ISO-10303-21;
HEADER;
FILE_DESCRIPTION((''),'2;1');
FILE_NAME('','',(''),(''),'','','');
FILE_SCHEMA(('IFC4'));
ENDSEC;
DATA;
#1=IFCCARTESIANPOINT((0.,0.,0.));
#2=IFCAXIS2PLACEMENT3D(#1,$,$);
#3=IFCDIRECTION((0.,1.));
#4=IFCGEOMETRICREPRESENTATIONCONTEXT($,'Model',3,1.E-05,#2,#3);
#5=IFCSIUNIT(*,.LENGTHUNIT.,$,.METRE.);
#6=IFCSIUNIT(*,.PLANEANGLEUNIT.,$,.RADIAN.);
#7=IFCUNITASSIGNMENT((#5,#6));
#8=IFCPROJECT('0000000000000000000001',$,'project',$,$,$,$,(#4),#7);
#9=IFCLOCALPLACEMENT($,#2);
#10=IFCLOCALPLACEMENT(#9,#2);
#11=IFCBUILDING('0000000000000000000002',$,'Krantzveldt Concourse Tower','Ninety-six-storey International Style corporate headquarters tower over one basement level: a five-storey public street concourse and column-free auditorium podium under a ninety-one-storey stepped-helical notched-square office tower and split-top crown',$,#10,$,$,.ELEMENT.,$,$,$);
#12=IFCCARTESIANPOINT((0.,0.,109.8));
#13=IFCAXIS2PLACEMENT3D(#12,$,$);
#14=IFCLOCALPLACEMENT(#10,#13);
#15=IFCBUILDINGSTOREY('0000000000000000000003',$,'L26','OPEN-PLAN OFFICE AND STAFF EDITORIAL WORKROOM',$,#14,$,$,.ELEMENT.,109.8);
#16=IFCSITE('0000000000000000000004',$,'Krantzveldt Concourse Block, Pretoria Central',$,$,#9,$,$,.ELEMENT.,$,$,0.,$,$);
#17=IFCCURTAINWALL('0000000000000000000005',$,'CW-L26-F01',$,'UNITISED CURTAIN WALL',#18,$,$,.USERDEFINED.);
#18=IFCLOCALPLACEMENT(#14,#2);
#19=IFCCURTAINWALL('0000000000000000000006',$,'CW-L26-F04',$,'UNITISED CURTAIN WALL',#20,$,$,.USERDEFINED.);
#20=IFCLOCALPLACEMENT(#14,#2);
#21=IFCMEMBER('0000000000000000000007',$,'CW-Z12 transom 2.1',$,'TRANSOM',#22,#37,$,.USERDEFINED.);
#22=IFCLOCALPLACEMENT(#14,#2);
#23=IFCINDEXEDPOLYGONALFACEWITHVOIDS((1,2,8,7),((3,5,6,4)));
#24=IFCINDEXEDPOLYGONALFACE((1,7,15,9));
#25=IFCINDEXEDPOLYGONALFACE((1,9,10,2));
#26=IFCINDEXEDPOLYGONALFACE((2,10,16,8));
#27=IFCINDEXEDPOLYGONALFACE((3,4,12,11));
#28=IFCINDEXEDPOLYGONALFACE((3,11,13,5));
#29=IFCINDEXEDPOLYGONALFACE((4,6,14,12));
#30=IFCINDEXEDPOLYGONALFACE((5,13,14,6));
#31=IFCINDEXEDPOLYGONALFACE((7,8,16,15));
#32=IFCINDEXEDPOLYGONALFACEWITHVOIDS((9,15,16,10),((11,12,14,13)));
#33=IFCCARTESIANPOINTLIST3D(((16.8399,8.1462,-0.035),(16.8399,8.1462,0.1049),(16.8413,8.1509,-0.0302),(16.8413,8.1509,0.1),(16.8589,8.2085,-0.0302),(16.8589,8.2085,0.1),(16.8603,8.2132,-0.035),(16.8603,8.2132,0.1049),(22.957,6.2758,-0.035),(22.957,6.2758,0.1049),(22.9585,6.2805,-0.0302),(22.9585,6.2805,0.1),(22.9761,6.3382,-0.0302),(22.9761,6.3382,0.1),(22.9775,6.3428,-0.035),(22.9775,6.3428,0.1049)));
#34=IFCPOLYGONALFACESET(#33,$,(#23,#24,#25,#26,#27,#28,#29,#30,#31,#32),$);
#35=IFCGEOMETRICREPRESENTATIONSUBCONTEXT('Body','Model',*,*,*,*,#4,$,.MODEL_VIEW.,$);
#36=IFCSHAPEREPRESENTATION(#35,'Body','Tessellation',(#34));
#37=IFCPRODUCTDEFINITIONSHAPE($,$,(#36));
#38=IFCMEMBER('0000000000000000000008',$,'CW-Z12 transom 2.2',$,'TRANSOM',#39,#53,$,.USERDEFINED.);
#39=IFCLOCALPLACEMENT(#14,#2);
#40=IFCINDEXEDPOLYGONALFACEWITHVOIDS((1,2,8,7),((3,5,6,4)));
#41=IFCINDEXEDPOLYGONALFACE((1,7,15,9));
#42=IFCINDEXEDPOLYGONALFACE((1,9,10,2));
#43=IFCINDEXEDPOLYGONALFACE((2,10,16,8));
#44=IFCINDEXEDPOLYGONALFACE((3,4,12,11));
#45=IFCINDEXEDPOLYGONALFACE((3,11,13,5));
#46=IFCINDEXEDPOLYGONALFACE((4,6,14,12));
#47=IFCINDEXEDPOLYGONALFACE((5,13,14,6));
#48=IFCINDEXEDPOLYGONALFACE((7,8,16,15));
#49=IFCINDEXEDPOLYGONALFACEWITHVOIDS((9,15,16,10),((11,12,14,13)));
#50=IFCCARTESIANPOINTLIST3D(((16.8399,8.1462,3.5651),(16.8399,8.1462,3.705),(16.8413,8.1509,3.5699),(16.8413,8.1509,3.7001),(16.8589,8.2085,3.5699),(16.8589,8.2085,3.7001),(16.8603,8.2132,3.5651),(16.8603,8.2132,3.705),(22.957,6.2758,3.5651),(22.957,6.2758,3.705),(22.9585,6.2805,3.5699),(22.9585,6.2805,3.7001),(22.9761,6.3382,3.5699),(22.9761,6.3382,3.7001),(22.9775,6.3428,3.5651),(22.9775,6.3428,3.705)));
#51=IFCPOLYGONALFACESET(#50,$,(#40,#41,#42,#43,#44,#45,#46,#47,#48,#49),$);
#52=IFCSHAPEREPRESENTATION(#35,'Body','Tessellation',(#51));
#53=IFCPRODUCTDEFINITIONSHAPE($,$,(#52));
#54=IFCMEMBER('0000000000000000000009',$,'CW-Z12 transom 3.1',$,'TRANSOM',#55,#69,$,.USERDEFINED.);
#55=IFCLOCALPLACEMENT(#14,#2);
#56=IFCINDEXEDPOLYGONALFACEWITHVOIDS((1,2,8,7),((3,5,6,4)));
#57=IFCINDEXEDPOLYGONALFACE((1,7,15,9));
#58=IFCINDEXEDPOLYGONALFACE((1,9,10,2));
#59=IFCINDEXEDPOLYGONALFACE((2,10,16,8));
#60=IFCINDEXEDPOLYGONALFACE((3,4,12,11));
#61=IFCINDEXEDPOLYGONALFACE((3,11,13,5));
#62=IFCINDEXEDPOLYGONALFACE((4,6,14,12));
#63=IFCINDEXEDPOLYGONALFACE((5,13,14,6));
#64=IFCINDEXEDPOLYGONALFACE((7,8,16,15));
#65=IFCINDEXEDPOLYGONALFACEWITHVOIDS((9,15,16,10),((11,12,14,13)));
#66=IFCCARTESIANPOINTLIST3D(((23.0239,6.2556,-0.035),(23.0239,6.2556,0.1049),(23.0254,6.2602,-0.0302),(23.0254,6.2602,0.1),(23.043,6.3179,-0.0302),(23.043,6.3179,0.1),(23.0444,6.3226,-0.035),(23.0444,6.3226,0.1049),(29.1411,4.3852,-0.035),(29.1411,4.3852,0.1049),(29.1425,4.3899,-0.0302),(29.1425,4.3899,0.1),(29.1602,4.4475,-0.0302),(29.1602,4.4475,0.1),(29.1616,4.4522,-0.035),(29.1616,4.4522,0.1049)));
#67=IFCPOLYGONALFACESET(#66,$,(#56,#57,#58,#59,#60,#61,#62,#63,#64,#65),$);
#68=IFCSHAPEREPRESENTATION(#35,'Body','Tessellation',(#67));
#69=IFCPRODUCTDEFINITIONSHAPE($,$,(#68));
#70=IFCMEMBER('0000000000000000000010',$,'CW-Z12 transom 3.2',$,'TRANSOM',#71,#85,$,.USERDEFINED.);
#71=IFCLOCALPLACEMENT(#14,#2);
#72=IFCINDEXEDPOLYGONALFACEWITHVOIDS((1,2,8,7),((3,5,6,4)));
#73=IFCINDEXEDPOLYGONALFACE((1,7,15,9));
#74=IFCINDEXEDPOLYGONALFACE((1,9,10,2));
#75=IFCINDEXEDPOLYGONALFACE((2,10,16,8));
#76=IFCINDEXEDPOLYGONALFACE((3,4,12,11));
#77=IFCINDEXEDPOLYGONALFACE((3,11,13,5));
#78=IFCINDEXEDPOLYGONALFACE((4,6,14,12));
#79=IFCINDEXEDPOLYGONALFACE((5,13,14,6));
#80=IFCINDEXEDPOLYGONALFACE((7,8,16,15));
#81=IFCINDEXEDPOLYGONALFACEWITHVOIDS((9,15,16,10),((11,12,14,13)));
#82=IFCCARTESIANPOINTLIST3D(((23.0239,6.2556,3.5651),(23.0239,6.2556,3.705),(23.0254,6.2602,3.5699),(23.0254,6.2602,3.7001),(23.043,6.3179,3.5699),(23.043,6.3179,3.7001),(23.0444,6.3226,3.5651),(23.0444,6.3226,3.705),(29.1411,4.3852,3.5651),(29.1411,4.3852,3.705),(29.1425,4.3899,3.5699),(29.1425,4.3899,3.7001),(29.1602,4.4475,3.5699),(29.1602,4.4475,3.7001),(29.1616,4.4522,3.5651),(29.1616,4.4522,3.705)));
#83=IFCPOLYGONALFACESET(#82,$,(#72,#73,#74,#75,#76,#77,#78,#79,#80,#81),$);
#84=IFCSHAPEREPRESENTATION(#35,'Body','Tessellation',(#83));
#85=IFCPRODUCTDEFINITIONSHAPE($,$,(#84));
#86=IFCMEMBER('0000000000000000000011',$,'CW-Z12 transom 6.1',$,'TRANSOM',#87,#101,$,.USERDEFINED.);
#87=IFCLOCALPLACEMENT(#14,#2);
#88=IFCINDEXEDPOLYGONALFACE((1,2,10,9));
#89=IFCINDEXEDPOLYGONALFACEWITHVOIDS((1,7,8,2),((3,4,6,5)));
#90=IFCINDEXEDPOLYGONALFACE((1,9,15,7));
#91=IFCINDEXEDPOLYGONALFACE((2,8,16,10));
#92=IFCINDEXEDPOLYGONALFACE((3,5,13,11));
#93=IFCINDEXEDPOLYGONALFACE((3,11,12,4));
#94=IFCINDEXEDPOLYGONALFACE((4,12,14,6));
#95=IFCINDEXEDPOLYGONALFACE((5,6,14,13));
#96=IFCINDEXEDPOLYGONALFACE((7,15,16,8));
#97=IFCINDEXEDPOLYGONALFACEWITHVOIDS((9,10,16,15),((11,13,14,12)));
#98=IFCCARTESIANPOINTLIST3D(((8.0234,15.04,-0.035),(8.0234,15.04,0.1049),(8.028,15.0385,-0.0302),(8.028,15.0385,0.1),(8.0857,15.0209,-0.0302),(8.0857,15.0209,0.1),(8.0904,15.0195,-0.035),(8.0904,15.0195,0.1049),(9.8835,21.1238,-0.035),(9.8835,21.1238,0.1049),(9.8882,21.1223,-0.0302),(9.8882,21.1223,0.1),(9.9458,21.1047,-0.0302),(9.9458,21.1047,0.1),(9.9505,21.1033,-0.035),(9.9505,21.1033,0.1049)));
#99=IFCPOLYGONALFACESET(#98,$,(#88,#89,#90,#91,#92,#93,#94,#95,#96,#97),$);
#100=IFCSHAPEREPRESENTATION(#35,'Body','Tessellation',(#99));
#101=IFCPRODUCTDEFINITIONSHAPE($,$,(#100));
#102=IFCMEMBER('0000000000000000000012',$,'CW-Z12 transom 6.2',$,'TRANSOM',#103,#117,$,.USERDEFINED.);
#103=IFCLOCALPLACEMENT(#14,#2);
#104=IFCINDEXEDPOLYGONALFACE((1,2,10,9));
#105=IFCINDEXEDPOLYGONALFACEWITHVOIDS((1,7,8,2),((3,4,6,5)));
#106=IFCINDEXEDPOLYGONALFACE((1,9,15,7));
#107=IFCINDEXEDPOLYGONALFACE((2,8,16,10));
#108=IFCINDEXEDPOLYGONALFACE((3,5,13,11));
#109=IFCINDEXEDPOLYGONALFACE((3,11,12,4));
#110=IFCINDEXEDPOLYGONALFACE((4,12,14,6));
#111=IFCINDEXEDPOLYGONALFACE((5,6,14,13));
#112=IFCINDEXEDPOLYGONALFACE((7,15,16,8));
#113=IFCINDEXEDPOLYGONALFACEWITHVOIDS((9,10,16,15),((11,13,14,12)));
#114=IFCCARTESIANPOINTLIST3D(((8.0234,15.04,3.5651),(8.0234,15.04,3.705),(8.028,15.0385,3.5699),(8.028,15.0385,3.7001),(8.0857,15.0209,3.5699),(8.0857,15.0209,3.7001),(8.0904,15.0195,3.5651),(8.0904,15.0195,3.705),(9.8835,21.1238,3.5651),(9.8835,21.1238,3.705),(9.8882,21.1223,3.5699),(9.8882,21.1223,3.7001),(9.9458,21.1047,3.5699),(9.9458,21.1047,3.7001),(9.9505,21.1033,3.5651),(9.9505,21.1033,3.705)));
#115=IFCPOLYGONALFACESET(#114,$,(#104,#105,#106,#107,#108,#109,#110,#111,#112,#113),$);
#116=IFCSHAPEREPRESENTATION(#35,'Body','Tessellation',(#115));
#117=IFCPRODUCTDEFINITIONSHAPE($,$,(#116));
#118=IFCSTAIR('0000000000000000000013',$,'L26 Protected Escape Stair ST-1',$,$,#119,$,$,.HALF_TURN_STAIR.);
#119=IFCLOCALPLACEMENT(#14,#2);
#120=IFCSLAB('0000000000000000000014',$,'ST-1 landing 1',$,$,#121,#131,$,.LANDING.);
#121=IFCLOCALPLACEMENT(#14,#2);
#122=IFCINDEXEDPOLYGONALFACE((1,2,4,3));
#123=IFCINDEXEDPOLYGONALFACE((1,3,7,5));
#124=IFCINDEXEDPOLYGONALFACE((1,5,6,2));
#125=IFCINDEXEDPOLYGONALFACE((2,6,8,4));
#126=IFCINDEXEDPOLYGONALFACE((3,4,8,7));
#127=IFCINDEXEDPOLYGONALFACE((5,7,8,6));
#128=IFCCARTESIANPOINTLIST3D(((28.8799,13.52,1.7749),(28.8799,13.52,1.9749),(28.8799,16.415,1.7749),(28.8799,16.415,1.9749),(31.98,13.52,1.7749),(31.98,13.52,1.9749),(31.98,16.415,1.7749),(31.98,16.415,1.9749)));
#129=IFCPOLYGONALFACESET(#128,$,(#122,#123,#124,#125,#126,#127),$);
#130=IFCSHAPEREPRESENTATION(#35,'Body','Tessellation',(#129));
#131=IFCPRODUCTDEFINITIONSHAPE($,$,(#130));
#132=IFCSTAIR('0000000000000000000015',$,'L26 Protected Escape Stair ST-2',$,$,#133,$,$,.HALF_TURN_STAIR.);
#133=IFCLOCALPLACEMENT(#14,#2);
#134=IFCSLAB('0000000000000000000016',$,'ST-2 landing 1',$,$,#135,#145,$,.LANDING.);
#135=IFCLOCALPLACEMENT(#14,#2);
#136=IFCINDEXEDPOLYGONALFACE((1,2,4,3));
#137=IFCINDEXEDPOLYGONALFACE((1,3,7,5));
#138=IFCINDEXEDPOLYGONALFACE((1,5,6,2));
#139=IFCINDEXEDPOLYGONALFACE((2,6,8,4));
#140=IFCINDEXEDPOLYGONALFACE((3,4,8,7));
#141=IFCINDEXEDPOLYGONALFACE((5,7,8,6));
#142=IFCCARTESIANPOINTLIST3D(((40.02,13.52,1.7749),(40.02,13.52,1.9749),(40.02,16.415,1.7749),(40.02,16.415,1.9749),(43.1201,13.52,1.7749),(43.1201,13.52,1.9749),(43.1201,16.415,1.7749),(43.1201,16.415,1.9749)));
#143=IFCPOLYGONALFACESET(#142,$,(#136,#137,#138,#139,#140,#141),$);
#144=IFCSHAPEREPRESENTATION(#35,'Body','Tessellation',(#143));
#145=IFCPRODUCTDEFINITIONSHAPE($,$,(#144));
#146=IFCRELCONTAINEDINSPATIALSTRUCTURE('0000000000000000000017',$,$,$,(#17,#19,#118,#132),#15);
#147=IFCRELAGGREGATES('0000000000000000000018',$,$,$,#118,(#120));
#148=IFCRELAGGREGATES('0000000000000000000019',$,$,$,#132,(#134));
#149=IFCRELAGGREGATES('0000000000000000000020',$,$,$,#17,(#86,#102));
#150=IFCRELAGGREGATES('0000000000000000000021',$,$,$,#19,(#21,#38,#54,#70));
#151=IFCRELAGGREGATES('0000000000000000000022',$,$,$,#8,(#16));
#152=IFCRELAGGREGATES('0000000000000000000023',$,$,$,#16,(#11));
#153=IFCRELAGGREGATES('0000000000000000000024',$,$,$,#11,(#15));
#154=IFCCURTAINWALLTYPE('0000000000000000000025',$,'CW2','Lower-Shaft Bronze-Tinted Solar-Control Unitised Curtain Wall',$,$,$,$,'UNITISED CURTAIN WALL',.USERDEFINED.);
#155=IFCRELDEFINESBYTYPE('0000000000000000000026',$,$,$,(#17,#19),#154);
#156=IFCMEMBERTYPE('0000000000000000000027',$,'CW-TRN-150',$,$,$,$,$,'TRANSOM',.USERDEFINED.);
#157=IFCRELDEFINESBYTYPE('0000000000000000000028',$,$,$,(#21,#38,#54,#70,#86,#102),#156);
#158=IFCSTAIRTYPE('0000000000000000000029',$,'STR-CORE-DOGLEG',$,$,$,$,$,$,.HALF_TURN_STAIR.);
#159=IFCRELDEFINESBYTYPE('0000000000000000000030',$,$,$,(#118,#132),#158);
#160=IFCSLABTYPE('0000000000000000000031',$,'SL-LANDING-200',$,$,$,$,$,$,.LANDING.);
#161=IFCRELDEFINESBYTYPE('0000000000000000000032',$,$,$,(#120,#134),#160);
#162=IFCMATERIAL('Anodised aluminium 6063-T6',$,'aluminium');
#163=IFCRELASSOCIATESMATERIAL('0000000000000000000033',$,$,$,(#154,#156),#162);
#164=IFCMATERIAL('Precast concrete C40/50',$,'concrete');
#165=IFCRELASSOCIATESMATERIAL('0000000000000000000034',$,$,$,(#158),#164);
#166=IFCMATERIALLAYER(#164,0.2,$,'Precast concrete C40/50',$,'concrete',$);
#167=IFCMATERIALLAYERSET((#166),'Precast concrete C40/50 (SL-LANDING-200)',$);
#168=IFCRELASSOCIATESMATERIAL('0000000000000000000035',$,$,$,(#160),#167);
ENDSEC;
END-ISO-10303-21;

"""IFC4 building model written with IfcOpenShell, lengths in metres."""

from ifc_helpers import new_model, si_unit, direction, frame, origin, origin_2d, place, context, subcontext, project, spatial, polyline, hollow_rectangle, outline, extrude, source, transform, mapped, material, layer, layer_set, material_profile, profile_set, type_object, element, aggregate, save


model = new_model("IFC4")

# Units and contexts
model_context = context("Model", 3, precision=1e-05, world=origin(), true_north=direction((0.0, 1.0)))
body_context = subcontext(model_context, "Body", "Model", "MODEL_VIEW")
ifc_project = project(units=[si_unit("LENGTHUNIT", "METRE"), si_unit("PLANEANGLEUNIT", "RADIAN")], contexts=[model_context])

# Site, building, storey
site_placement = place(None, origin())
site = spatial("IfcSite", under=ifc_project, at=site_placement, Name="Krantzveldt Concourse Block, Pretoria Central", CompositionType="ELEMENT", RefElevation=0.0)
building_placement = place(site_placement, origin())
building = spatial("IfcBuilding", under=site, at=building_placement, Name="Krantzveldt Concourse Tower", Description="Ninety-six-storey International Style corporate headquarters tower over one basement level: a five-storey public street concourse and column-free auditorium podium under a ninety-one-storey stepped-helical notched-square office tower and split-top crown", CompositionType="ELEMENT")
storey_placement = place(building_placement, frame((0.0, 0.0, 109.8)))
storey = spatial("IfcBuildingStorey", under=building, at=storey_placement, Name="L26", Description="OPEN-PLAN OFFICE AND STAFF EDITORIAL WORKROOM", CompositionType="ELEMENT", Elevation=109.8)

# Curtain walls, members
ifc_material_1 = material(Name="Anodised aluminium 6063-T6", Category="aluminium")
curtain_wall_type = type_object("IfcCurtainWallType", Name="CW2", Description="Lower-Shaft Bronze-Tinted Solar-Control Unitised Curtain Wall", ElementType="UNITISED CURTAIN WALL", PredefinedType="USERDEFINED", material=ifc_material_1)
curtain_wall_1_placement = place(storey_placement, origin())
curtain_wall_1 = element("IfcCurtainWall", 1, at=curtain_wall_1_placement, inside=storey, type_object=curtain_wall_type, Name="CW-L26-F01", ObjectType="UNITISED CURTAIN WALL", PredefinedType="USERDEFINED")
curtain_wall_2_placement = place(storey_placement, origin())
curtain_wall_2 = element("IfcCurtainWall", 2, at=curtain_wall_2_placement, inside=storey, type_object=curtain_wall_type, Name="CW-L26-F04", ObjectType="UNITISED CURTAIN WALL", PredefinedType="USERDEFINED")
ifc_material_profile_1 = material_profile(ifc_material_1, hollow_rectangle(XDim=0.0701, YDim=0.1399, WallThickness=0.0049, at=origin_2d()), Name="Anodised aluminium 6063-T6", Category="aluminium")
ifc_profile_set_1 = profile_set([ifc_material_profile_1], Name="Anodised aluminium 6063-T6 - ALU-TRAN 140x70x5")
member_type_1 = type_object("IfcMemberType", Name="CW-TRN-150", ElementType="TRANSOM", PredefinedType="USERDEFINED", material=ifc_profile_set_1)
shared_shape_1 = source(origin(), body_context, "Body", "SweptSolid", [
    extrude(hollow_rectangle(XDim=0.0701, YDim=0.1399, WallThickness=0.0049, at=origin_2d()), origin(), (0.0, 0.0, 1.0), 6.3967),
])
member_1_placement = place(storey_placement, frame((16.8501, 8.1797, 0.0349), z_axis=(0.956298, -0.292393, 0.0), x_axis=(0.292393, 0.956298, 0.0)))
member_1 = element("IfcMember", 3, at=member_1_placement, type_object=member_type_1, Name="CW-Z12 transom 2.1", ObjectType="TRANSOM", PredefinedType="USERDEFINED", context=body_context, shape_type="MappedRepresentation", body=[
    mapped(shared_shape_1, transform((0.0, 0.0, 0.0), x_axis=(1.0, 0.0, 0.0), y_axis=(0.0, 1.0, 0.0), z_axis=(0.0, 0.0, 1.0), scale=1.0)),
])
member_2_placement = place(storey_placement, frame((16.8501, 8.1797, 3.635), z_axis=(0.956298, -0.292393, 0.0), x_axis=(0.292393, 0.956298, 0.0)))
member_2 = element("IfcMember", 4, at=member_2_placement, type_object=member_type_1, Name="CW-Z12 transom 2.2", ObjectType="TRANSOM", PredefinedType="USERDEFINED", context=body_context, shape_type="MappedRepresentation", body=[
    mapped(shared_shape_1, transform((0.0, 0.0, 0.0), x_axis=(1.0, 0.0, 0.0), y_axis=(0.0, 1.0, 0.0), z_axis=(0.0, 0.0, 1.0), scale=1.0)),
])
member_3_placement = place(storey_placement, frame((23.0342, 6.2891, 0.0349), z_axis=(0.956298, -0.292393, 0.0), x_axis=(0.292393, 0.956298, 0.0)))
member_3 = element("IfcMember", 5, at=member_3_placement, type_object=member_type_1, Name="CW-Z12 transom 3.1", ObjectType="TRANSOM", PredefinedType="USERDEFINED", context=body_context, shape_type="MappedRepresentation", body=[
    mapped(shared_shape_1, transform((0.0, 0.0, 0.0), x_axis=(1.0, 0.0, 0.0), y_axis=(0.0, 1.0, 0.0), z_axis=(0.0, 0.0, 1.0), scale=1.0)),
])
member_4_placement = place(storey_placement, frame((23.0342, 6.2891, 3.635), z_axis=(0.956298, -0.292393, 0.0), x_axis=(0.292393, 0.956298, 0.0)))
member_4 = element("IfcMember", 6, at=member_4_placement, type_object=member_type_1, Name="CW-Z12 transom 3.2", ObjectType="TRANSOM", PredefinedType="USERDEFINED", context=body_context, shape_type="MappedRepresentation", body=[
    mapped(shared_shape_1, transform((0.0, 0.0, 0.0), x_axis=(1.0, 0.0, 0.0), y_axis=(0.0, 1.0, 0.0), z_axis=(0.0, 0.0, 1.0), scale=1.0)),
])

# Members
shared_shape_2 = source(origin(), body_context, "Body", "SweptSolid", [
    extrude(hollow_rectangle(XDim=0.0701, YDim=0.1399, WallThickness=0.0049, at=origin_2d()), origin(), (0.0, 0.0, 1.0), 6.3618),
])
member_5_placement = place(storey_placement, frame((9.917, 21.1135, 0.0349), z_axis=(-0.292389, -0.956299, 0.0), x_axis=(0.956299, -0.292389, 0.0)))
member_5 = element("IfcMember", 7, at=member_5_placement, type_object=member_type_1, Name="CW-Z12 transom 6.1", ObjectType="TRANSOM", PredefinedType="USERDEFINED", context=body_context, shape_type="MappedRepresentation", body=[
    mapped(shared_shape_2, transform((0.0, 0.0, 0.0), x_axis=(1.0, 0.0, 0.0), y_axis=(0.0, 1.0, 0.0), z_axis=(0.0, 0.0, 1.0), scale=1.0)),
])
member_6_placement = place(storey_placement, frame((9.917, 21.1135, 3.635), z_axis=(-0.292389, -0.956299, 0.0), x_axis=(0.956299, -0.292389, 0.0)))
member_6 = element("IfcMember", 8, at=member_6_placement, type_object=member_type_1, Name="CW-Z12 transom 6.2", ObjectType="TRANSOM", PredefinedType="USERDEFINED", context=body_context, shape_type="MappedRepresentation", body=[
    mapped(shared_shape_2, transform((0.0, 0.0, 0.0), x_axis=(1.0, 0.0, 0.0), y_axis=(0.0, 1.0, 0.0), z_axis=(0.0, 0.0, 1.0), scale=1.0)),
])

# Stairs, slabs
ifc_material_2 = material(Name="Precast concrete C40/50", Category="concrete")
stair_type = type_object("IfcStairType", Name="STR-CORE-DOGLEG", PredefinedType="HALF_TURN_STAIR", material=ifc_material_2)
stair_1_placement = place(storey_placement, origin())
stair_1 = element("IfcStair", 9, at=stair_1_placement, inside=storey, type_object=stair_type, Name="L26 Protected Escape Stair ST-1", PredefinedType="HALF_TURN_STAIR")
ifc_layer_1 = layer(ifc_material_2, 0.2, Name="Precast concrete C40/50", Category="concrete")
ifc_layer_set_1 = layer_set([ifc_layer_1], Name="Precast concrete C40/50 (SL-LANDING-200)")
slab_type_1 = type_object("IfcSlabType", Name="SL-LANDING-200", PredefinedType="LANDING", material=ifc_layer_set_1)
slab_1_placement = place(storey_placement, frame((0.0, 0.0, 1.7749)))
slab_1 = element("IfcSlab", 10, at=slab_1_placement, type_object=slab_type_1, Name="ST-1 landing 1", PredefinedType="LANDING", context=body_context, shape_type="SweptSolid", body=[
    extrude(outline(polyline([(28.8799, 16.415), (28.8799, 13.52), (31.98, 13.52), (31.98, 16.415), (28.8799, 16.415)])), origin(), (0.0, 0.0, 1.0), 0.2),
])
aggregate(stair_1, [slab_1])
stair_2_placement = place(storey_placement, origin())
stair_2 = element("IfcStair", 11, at=stair_2_placement, inside=storey, type_object=stair_type, Name="L26 Protected Escape Stair ST-2", PredefinedType="HALF_TURN_STAIR")
slab_2_placement = place(storey_placement, frame((0.0, 0.0, 1.7749)))
slab_2 = element("IfcSlab", 12, at=slab_2_placement, type_object=slab_type_1, Name="ST-2 landing 1", PredefinedType="LANDING", context=body_context, shape_type="SweptSolid", body=[
    extrude(outline(polyline([(40.02, 16.415), (40.02, 13.52), (43.1201, 13.52), (43.1201, 16.415), (40.02, 16.415)])), origin(), (0.0, 0.0, 1.0), 0.2),
])
aggregate(stair_2, [slab_2])

aggregate(curtain_wall_1, [member_5, member_6])
aggregate(curtain_wall_2, [member_1, member_2, member_3, member_4])

save(model, "model.ifc")
